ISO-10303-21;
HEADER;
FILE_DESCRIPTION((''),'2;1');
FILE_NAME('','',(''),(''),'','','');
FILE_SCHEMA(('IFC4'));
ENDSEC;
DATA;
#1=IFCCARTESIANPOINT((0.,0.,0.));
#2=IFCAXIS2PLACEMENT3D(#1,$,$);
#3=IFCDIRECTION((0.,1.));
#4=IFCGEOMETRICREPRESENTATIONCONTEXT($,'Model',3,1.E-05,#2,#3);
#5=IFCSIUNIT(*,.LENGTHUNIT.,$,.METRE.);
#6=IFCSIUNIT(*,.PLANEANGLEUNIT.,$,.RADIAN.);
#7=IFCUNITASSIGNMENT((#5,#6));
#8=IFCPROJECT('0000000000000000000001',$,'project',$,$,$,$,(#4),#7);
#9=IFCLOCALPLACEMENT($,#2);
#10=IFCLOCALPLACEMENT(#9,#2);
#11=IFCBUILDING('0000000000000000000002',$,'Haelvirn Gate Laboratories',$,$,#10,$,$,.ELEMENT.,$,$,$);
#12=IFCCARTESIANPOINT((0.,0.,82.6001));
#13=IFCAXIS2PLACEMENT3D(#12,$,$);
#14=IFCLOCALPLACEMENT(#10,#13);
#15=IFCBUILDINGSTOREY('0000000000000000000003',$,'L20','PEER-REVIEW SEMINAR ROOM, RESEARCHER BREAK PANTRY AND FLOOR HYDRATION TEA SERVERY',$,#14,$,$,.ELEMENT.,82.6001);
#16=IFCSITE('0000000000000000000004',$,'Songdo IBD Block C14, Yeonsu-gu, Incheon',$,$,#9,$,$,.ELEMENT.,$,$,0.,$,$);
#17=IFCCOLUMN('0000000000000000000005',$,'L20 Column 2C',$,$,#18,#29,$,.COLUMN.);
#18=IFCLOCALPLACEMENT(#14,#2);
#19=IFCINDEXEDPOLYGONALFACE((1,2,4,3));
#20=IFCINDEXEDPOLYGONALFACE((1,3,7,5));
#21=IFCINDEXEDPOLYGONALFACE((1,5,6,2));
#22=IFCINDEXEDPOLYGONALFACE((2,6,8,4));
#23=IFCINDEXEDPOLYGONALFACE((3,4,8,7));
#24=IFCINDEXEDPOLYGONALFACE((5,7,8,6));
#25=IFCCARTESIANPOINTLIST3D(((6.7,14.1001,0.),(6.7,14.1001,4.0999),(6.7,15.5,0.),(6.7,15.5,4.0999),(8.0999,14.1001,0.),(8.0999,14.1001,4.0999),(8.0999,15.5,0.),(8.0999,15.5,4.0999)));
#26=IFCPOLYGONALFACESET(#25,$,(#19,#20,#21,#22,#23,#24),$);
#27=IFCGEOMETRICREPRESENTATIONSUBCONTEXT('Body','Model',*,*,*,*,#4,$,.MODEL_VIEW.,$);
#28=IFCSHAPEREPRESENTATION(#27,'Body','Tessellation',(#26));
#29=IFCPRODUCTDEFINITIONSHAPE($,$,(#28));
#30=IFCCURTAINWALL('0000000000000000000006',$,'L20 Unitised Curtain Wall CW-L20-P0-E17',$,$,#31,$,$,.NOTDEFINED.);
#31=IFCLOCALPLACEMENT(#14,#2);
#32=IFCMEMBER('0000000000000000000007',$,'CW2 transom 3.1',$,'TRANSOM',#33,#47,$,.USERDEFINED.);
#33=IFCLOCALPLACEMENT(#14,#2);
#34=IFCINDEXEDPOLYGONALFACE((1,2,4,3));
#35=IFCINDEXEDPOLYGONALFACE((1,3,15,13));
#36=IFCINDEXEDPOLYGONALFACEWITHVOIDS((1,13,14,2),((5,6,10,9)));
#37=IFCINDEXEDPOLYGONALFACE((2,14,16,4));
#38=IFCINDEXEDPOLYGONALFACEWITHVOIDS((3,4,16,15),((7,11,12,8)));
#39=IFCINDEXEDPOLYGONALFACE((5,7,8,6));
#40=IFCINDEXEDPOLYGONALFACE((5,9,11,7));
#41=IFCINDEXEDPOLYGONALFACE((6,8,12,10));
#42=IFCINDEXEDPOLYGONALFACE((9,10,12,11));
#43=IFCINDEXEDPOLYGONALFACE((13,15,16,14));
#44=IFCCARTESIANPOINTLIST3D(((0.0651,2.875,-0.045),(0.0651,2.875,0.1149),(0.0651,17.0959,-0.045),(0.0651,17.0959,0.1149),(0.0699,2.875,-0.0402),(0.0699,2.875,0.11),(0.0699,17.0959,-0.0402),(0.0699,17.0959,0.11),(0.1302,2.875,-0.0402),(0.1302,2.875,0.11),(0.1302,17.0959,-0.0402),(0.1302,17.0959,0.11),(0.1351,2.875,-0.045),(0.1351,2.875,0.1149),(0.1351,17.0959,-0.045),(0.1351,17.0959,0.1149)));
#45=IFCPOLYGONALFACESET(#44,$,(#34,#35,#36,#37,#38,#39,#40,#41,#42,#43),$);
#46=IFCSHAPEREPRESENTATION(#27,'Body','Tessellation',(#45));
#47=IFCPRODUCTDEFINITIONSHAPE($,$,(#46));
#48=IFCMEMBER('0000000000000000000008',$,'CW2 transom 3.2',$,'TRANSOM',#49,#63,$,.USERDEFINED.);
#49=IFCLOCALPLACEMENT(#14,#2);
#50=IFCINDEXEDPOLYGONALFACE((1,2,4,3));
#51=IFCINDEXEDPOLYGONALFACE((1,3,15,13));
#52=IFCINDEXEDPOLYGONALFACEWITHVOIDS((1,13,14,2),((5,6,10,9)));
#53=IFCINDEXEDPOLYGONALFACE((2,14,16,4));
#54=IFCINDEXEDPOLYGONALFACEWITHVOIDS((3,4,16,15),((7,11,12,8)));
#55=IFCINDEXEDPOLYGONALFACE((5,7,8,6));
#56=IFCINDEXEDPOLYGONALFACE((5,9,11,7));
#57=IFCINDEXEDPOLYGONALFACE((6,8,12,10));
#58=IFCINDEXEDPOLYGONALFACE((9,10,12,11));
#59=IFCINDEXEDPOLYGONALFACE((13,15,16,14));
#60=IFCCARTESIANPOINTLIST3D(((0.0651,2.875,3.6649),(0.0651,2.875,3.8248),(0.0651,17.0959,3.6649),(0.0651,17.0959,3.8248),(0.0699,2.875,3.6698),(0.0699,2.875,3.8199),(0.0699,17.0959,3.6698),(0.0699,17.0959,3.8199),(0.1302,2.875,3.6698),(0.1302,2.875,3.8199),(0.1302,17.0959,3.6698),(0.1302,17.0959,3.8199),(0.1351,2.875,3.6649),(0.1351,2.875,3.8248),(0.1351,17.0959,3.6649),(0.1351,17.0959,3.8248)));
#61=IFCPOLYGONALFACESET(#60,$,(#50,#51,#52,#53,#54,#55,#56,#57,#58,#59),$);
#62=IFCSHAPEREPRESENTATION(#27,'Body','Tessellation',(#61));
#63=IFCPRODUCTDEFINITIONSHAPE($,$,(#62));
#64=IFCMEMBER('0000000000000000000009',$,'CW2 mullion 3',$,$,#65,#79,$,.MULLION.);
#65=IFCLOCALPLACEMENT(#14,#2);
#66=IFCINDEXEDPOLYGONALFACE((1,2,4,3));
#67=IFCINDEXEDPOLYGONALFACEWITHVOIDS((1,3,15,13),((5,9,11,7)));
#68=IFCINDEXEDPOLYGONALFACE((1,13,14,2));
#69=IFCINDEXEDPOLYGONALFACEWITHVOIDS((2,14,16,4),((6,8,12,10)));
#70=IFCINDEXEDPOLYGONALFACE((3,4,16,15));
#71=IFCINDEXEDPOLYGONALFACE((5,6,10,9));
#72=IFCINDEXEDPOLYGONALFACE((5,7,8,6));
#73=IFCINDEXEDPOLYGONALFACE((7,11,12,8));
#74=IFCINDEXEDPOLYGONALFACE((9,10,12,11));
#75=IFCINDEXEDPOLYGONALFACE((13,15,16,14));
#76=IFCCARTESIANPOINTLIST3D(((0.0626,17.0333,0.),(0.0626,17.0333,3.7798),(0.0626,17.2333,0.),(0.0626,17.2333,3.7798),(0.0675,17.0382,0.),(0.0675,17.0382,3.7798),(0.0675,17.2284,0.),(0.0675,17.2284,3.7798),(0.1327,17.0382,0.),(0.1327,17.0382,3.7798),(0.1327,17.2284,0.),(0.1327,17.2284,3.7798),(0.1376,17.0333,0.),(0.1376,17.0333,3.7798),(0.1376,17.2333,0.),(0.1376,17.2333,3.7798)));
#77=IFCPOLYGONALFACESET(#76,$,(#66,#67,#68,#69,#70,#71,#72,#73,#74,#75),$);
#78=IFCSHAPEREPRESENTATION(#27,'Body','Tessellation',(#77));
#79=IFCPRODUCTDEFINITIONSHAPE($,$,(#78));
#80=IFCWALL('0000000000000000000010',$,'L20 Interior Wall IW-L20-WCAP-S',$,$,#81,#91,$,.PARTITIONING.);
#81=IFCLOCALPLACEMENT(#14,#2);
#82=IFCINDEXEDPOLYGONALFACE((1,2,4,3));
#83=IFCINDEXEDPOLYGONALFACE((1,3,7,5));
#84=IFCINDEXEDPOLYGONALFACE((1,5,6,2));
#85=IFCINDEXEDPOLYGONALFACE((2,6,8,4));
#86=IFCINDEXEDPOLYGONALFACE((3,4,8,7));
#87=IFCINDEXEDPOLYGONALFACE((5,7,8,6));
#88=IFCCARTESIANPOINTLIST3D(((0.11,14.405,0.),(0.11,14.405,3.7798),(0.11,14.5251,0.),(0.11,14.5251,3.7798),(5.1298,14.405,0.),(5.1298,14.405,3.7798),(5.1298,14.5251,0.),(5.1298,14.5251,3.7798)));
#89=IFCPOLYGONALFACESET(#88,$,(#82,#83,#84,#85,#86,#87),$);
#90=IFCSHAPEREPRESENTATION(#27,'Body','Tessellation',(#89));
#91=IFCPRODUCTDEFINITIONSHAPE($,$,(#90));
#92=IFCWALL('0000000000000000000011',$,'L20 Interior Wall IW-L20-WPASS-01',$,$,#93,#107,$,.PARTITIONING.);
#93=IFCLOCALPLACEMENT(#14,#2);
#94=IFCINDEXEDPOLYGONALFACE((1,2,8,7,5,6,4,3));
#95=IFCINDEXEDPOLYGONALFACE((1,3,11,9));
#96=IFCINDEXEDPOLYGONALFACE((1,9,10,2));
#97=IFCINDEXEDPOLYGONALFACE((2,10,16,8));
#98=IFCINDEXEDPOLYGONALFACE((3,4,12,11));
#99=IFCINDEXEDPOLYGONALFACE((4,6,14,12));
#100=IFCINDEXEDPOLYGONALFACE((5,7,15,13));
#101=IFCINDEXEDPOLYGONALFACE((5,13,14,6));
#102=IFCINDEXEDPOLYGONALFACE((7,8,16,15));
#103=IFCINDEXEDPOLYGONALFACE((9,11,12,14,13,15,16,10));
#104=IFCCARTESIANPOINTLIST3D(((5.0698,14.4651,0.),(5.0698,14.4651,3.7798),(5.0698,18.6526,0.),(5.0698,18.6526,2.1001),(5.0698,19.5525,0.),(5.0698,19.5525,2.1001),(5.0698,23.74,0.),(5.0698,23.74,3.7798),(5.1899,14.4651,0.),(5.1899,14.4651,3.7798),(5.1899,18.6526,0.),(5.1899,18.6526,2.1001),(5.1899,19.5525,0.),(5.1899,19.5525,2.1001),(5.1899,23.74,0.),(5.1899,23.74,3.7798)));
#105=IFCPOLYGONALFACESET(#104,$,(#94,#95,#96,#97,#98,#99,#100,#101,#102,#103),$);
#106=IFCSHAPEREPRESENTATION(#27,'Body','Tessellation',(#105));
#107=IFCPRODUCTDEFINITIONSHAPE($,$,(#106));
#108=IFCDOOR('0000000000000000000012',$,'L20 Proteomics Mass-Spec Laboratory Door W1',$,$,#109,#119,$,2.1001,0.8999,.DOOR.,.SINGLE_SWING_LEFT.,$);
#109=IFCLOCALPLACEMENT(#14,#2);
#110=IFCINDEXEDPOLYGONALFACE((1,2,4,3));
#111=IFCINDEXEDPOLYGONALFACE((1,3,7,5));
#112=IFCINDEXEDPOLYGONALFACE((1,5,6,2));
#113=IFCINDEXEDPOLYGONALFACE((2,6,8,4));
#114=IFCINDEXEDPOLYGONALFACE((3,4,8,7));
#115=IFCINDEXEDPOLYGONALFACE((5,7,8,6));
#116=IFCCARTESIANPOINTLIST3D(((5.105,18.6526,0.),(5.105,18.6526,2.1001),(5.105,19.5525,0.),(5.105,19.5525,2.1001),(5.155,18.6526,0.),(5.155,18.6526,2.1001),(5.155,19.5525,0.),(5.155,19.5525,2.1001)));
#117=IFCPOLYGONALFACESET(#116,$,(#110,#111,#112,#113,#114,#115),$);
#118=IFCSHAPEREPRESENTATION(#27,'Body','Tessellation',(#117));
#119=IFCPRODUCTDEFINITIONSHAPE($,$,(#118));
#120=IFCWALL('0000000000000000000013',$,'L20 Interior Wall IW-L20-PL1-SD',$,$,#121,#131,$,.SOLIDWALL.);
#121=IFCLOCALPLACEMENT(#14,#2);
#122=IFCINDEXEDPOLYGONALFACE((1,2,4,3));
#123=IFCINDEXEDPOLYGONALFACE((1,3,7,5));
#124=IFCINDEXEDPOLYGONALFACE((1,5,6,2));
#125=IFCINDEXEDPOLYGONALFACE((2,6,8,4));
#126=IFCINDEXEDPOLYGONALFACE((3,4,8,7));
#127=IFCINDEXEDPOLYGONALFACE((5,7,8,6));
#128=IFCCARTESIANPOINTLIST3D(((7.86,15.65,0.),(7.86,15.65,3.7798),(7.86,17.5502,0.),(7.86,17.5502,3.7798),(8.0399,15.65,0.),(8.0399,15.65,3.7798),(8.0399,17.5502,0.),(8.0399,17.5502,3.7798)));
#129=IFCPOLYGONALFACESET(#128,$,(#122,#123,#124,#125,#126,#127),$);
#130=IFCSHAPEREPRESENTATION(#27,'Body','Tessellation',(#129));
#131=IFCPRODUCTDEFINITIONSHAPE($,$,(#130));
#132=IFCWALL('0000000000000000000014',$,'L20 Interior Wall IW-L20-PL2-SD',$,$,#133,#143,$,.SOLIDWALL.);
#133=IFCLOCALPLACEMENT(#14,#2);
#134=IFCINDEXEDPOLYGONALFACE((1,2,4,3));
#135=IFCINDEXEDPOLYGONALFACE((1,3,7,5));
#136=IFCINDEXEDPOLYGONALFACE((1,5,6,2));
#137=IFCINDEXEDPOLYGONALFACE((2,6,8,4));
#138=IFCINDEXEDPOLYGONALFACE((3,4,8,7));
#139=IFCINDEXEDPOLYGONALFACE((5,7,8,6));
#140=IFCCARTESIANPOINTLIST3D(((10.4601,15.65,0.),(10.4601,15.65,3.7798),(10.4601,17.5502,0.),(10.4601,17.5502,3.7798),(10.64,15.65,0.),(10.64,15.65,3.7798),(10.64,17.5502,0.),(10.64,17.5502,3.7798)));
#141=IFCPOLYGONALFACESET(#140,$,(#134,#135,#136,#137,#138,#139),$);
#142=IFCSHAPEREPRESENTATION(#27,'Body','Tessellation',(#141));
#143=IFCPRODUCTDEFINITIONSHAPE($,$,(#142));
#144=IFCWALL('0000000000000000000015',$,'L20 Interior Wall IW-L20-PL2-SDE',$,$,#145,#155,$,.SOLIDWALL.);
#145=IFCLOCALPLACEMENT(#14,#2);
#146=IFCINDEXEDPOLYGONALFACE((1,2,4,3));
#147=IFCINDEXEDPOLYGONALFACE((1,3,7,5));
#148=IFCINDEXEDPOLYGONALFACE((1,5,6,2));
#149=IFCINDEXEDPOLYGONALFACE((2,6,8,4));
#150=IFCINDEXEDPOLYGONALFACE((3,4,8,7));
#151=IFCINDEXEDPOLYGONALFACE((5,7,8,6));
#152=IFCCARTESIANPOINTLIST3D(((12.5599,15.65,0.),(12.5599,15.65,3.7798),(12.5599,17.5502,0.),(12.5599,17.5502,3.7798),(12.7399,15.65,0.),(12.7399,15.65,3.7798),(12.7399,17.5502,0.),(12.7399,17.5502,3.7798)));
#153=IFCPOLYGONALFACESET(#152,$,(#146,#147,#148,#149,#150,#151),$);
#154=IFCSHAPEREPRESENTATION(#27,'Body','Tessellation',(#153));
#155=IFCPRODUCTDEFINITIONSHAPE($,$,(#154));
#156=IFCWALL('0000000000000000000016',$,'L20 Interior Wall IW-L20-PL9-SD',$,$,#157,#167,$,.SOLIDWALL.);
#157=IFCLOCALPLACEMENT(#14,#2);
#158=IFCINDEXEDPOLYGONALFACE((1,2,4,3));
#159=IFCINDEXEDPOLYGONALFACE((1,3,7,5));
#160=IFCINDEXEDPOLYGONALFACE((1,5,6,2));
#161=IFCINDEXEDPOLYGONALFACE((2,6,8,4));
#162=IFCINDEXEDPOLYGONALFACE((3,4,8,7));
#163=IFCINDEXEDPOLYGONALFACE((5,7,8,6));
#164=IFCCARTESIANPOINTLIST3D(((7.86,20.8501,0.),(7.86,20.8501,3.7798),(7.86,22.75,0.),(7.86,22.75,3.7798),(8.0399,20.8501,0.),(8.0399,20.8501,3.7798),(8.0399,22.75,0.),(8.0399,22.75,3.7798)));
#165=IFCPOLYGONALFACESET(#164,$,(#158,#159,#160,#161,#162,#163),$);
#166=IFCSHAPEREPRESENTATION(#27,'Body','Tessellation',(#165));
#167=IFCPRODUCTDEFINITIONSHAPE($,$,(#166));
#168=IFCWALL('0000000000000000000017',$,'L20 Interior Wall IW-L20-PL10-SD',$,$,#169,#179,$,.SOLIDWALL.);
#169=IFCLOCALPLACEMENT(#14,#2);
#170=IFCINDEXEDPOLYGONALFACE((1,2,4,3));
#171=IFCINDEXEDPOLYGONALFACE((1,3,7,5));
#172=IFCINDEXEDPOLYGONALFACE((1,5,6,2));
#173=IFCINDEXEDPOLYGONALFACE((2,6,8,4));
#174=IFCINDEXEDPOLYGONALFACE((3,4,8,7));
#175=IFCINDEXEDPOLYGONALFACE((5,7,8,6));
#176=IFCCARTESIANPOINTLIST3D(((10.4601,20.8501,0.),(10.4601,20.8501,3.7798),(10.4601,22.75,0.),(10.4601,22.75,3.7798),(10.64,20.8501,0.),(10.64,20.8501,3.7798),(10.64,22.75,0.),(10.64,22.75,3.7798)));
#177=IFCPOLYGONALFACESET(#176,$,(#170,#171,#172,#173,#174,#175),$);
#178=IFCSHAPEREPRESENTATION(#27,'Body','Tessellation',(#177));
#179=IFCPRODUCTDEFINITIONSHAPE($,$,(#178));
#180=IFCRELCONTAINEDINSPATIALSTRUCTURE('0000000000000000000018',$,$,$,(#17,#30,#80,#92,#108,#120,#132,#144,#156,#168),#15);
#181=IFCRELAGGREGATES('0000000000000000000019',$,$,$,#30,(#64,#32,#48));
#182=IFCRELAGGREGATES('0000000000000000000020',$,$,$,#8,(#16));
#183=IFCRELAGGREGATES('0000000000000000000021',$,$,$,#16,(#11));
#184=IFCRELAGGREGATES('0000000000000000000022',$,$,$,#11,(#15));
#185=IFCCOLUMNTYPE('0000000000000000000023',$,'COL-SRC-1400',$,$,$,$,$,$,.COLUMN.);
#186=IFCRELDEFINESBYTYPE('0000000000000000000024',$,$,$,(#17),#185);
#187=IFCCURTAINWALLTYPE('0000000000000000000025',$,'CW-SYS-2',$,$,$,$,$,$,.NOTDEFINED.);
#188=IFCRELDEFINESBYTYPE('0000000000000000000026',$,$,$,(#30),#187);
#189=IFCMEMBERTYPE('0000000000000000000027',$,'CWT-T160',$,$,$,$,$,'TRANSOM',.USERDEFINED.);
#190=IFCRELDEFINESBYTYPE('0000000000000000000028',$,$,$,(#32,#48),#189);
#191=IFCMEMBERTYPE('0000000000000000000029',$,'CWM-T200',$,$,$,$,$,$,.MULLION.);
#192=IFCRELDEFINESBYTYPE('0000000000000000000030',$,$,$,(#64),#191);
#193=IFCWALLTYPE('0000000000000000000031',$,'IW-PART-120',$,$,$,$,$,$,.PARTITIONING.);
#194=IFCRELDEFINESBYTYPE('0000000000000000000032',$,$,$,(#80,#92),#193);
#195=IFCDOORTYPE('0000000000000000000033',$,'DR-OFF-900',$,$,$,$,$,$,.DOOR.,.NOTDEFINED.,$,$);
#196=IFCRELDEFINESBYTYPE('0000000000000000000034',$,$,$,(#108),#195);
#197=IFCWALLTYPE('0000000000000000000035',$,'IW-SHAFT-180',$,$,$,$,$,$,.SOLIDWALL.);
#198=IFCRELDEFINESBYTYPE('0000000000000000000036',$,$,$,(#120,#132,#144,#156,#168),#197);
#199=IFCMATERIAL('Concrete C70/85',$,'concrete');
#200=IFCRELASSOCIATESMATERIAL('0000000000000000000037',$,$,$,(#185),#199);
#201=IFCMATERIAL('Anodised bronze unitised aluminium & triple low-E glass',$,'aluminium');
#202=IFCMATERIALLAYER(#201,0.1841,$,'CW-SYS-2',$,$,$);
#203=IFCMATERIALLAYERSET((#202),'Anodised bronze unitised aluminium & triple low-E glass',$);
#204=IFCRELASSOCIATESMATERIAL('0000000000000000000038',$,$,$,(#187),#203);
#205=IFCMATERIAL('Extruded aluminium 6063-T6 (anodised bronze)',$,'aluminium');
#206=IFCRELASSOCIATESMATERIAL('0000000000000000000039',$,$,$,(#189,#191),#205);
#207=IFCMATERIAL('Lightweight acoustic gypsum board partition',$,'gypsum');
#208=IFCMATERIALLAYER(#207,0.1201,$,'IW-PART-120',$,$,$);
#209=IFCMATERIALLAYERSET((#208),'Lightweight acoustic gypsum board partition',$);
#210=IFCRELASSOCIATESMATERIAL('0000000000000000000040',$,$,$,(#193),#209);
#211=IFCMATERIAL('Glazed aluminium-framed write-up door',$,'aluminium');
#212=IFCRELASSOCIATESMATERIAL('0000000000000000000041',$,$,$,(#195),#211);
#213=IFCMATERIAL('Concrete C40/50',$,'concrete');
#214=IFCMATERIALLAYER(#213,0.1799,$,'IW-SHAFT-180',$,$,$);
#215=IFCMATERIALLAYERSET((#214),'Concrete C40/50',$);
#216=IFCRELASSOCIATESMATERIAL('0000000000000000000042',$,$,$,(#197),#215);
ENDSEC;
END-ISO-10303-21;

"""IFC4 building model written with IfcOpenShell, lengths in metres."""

from ifc_helpers import new_model, si_unit, direction, frame, frame_2d, origin, origin_2d, place, context, subcontext, project, spatial, rectangle, hollow_rectangle, extrude, source, transform, mapped, material, layer, layer_set, material_profile, profile_set, type_object, type_shapes, element, fill, aggregate, save


model = new_model("IFC4")

# Units and contexts
model_context = context("Model", 3, precision=1e-05, world=origin(), true_north=direction((0.0, 1.0)))
body_context = subcontext(model_context, "Body", "Model", "MODEL_VIEW")
ifc_project = project(units=[si_unit("LENGTHUNIT", "METRE"), si_unit("PLANEANGLEUNIT", "RADIAN")], contexts=[model_context])

# Site, building, storey
site_placement = place(None, origin())
site = spatial("IfcSite", under=ifc_project, at=site_placement, Name="Songdo IBD Block C14, Yeonsu-gu, Incheon", CompositionType="ELEMENT", RefElevation=0.0)
building_placement = place(site_placement, origin())
building = spatial("IfcBuilding", under=site, at=building_placement, Name="Haelvirn Gate Laboratories", CompositionType="ELEMENT")
storey_placement = place(building_placement, frame((0.0, 0.0, 82.6001)))
storey = spatial("IfcBuildingStorey", under=building, at=storey_placement, Name="L20", Description="PEER-REVIEW SEMINAR ROOM, RESEARCHER BREAK PANTRY AND FLOOR HYDRATION TEA SERVERY", CompositionType="ELEMENT", Elevation=82.6001)

# Column
ifc_material_1 = material(Name="Concrete C70/85", Category="concrete")
ifc_material_profile_1 = material_profile(ifc_material_1, rectangle(XDim=1.3999, YDim=1.3999, at=origin_2d()), Name="SRC-1400x1400")
ifc_profile_set_1 = profile_set([ifc_material_profile_1], Name="Concrete C70/85")
column_type = type_object("IfcColumnType", Name="COL-SRC-1400", PredefinedType="COLUMN", material=ifc_profile_set_1)
shared_shape_1 = source(origin(), body_context, "Body", "SweptSolid", [
    extrude(rectangle(XDim=1.3999, YDim=1.3999, at=origin_2d()), origin(), (0.0, 0.0, 1.0), 4.0999),
])
type_shapes(column_type, [shared_shape_1])
column_placement = place(storey_placement, frame((7.3999, 14.8, 0.0), z_axis=(0.0, 0.0, 1.0), x_axis=(1.0, 0.0, 0.0)))
element("IfcColumn", 1, at=column_placement, inside=storey, type_object=column_type, Name="L20 Column 2C", PredefinedType="COLUMN", context=body_context, shape_type="MappedRepresentation", body=[
    mapped(shared_shape_1, transform((0.0, 0.0, 0.0), scale=1.0)),
])

# Curtain wall, members
ifc_material_2 = material(Name="Anodised bronze unitised aluminium & triple low-E glass", Category="aluminium")
ifc_layer_1 = layer(ifc_material_2, 0.1841, Name="CW-SYS-2")
ifc_layer_set_1 = layer_set([ifc_layer_1], Name="Anodised bronze unitised aluminium & triple low-E glass")
curtain_wall_type = type_object("IfcCurtainWallType", Name="CW-SYS-2", PredefinedType="NOTDEFINED", material=ifc_layer_set_1)
curtain_wall_placement = place(storey_placement, origin())
curtain_wall = element("IfcCurtainWall", 2, at=curtain_wall_placement, inside=storey, type_object=curtain_wall_type, Name="L20 Unitised Curtain Wall CW-L20-P0-E17", PredefinedType="NOTDEFINED")
ifc_material_3 = material(Name="Extruded aluminium 6063-T6 (anodised bronze)", Category="aluminium")
ifc_material_profile_2 = material_profile(ifc_material_3, hollow_rectangle(XDim=0.0701, YDim=0.1599, WallThickness=0.0049, at=origin_2d()), Name="CWT-160x70x5")
ifc_profile_set_2 = profile_set([ifc_material_profile_2], Name="Extruded aluminium 6063-T6 (anodised bronze)")
member_type_1 = type_object("IfcMemberType", Name="CWT-T160", ElementType="TRANSOM", PredefinedType="USERDEFINED", material=ifc_profile_set_2)
shared_shape_2 = source(origin(), body_context, "Body", "SweptSolid", [
    extrude(hollow_rectangle(XDim=0.0701, YDim=0.1599, WallThickness=0.0049, at=origin_2d()), origin(), (0.0, 0.0, 1.0), 14.2209),
])
type_shapes(member_type_1, [shared_shape_2])
member_1_placement = place(storey_placement, frame((0.1001, 17.0959, 0.0349), z_axis=(0.0, -1.0, 0.0), x_axis=(1.0, 0.0, 0.0)))
member_1 = element("IfcMember", 3, at=member_1_placement, type_object=member_type_1, Name="CW2 transom 3.1", ObjectType="TRANSOM", PredefinedType="USERDEFINED", context=body_context, shape_type="MappedRepresentation", body=[
    mapped(shared_shape_2, transform((0.0, 0.0, 0.0), scale=1.0)),
])
member_2_placement = place(storey_placement, frame((0.1001, 17.0959, 3.7449), z_axis=(0.0, -1.0, 0.0), x_axis=(1.0, 0.0, 0.0)))
member_2 = element("IfcMember", 4, at=member_2_placement, type_object=member_type_1, Name="CW2 transom 3.2", ObjectType="TRANSOM", PredefinedType="USERDEFINED", context=body_context, shape_type="MappedRepresentation", body=[
    mapped(shared_shape_2, transform((0.0, 0.0, 0.0), scale=1.0)),
])
ifc_material_profile_3 = material_profile(ifc_material_3, hollow_rectangle(XDim=0.075, YDim=0.2, WallThickness=0.0049, at=origin_2d()), Name="CWM-200x75x5")
ifc_profile_set_3 = profile_set([ifc_material_profile_3], Name="Extruded aluminium 6063-T6 (anodised bronze)")
member_type_2 = type_object("IfcMemberType", Name="CWM-T200", PredefinedType="MULLION", material=ifc_profile_set_3)
shared_shape_3 = source(origin(), body_context, "Body", "SweptSolid", [
    extrude(hollow_rectangle(XDim=0.075, YDim=0.2, WallThickness=0.0049, at=origin_2d()), origin(), (0.0, 0.0, 1.0), 3.7798),
])
type_shapes(member_type_2, [shared_shape_3])
member_3_placement = place(storey_placement, frame((0.1001, 17.1333, 0.0), z_axis=(0.0, 0.0, 1.0), x_axis=(1.0, 0.0, 0.0)))
member_3 = element("IfcMember", 5, at=member_3_placement, type_object=member_type_2, Name="CW2 mullion 3", PredefinedType="MULLION", context=body_context, shape_type="MappedRepresentation", body=[
    mapped(shared_shape_3, transform((0.0, 0.0, 0.0), scale=1.0)),
])
aggregate(curtain_wall, [member_3, member_1, member_2])

# Wall
ifc_material_4 = material(Name="Lightweight acoustic gypsum board partition", Category="gypsum")
ifc_layer_2 = layer(ifc_material_4, 0.1201, Name="IW-PART-120")
ifc_layer_set_2 = layer_set([ifc_layer_2], Name="Lightweight acoustic gypsum board partition")
wall_type_1 = type_object("IfcWallType", Name="IW-PART-120", PredefinedType="PARTITIONING", material=ifc_layer_set_2)
wall_1_placement = place(storey_placement, frame((0.1101, 14.4651, 0.0), z_axis=(0.0, 0.0, 1.0), x_axis=(1.0, 0.0, 0.0)))
element("IfcWall", 6, at=wall_1_placement, inside=storey, type_object=wall_type_1, Name="L20 Interior Wall IW-L20-WCAP-S", PredefinedType="PARTITIONING", context=body_context, shape_type="SweptSolid", body=[
    extrude(rectangle(XDim=5.0198, YDim=0.1201, at=frame_2d((2.5098, 0.0))), origin(), (0.0, 0.0, 1.0), 3.7798),
])

# Wall, opening, door
wall_2_placement = place(storey_placement, frame((5.1299, 14.4651, 0.0), z_axis=(0.0, 0.0, 1.0), x_axis=(0.0, 1.0, 0.0)))
wall_2 = element("IfcWall", 7, at=wall_2_placement, inside=storey, type_object=wall_type_1, Name="L20 Interior Wall IW-L20-WPASS-01", PredefinedType="PARTITIONING", context=body_context, shape_type="SweptSolid", body=[
    extrude(rectangle(XDim=9.2749, YDim=0.1201, at=frame_2d((4.6375, 0.0))), origin(), (0.0, 0.0, 1.0), 3.7798),
])
opening_1_placement = place(wall_2_placement, frame((4.1875, 0.0, 0.0)))
opening_1 = element("IfcOpeningElement", 8, at=opening_1_placement, cuts=wall_2, PredefinedType="OPENING", context=body_context, shape_type="SweptSolid", body=[
    extrude(rectangle(XDim=0.8999, YDim=2.1001, at=frame_2d((0.45, 1.05))), frame((0.0, 0.0701, 0.0), z_axis=(0.0, -1.0, 0.0), x_axis=(1.0, 0.0, 0.0)), (0.0, 0.0, 1.0), 0.1401),
])
ifc_material_5 = material(Name="Glazed aluminium-framed write-up door", Category="aluminium")
door_type_1 = type_object("IfcDoorType", Name="DR-OFF-900", OperationType="NOTDEFINED", PredefinedType="DOOR", material=ifc_material_5)
shared_shape_4 = source(origin(), body_context, "Body", "SweptSolid", [
    extrude(rectangle(XDim=0.8999, YDim=2.1001, at=frame_2d((0.45, 1.05))), frame((0.0, 0.0249, 0.0), z_axis=(0.0, -1.0, 0.0), x_axis=(1.0, 0.0, 0.0)), (0.0, 0.0, 1.0), 0.05),
])
type_shapes(door_type_1, [shared_shape_4])
door_1_placement = place(opening_1_placement, origin())
door_1 = element("IfcDoor", 9, at=door_1_placement, inside=storey, type_object=door_type_1, Name="L20 Proteomics Mass-Spec Laboratory Door W1", OperationType="SINGLE_SWING_LEFT", OverallHeight=2.1001, OverallWidth=0.8999, PredefinedType="DOOR", context=body_context, shape_type="MappedRepresentation", body=[
    mapped(shared_shape_4, transform((0.0, 0.0, 0.0), scale=1.0)),
])
fill(opening_1, door_1)

# Walls
ifc_material_6 = material(Name="Concrete C40/50", Category="concrete")
ifc_layer_3 = layer(ifc_material_6, 0.1799, Name="IW-SHAFT-180")
ifc_layer_set_3 = layer_set([ifc_layer_3], Name="Concrete C40/50")
wall_type_2 = type_object("IfcWallType", Name="IW-SHAFT-180", PredefinedType="SOLIDWALL", material=ifc_layer_set_3)
for number, where, z_axis, x_axis, name in (
    (10, (7.95, 15.6499, 0.0), (0.0, 0.0, 1.0), (0.0, 1.0, 0.0), "L20 Interior Wall IW-L20-PL1-SD"),
    (11, (10.55, 15.6499, 0.0), (0.0, 0.0, 1.0), (0.0, 1.0, 0.0), "L20 Interior Wall IW-L20-PL2-SD"),
    (12, (12.6499, 15.6499, 0.0), (0.0, 0.0, 1.0), (0.0, 1.0, 0.0), "L20 Interior Wall IW-L20-PL2-SDE"),
):
    element("IfcWall", number, at=place(storey_placement, frame(where, z_axis=z_axis, x_axis=x_axis)), inside=storey, type_object=wall_type_2, Name=name, PredefinedType="SOLIDWALL", context=body_context, shape_type="SweptSolid", body=[
        extrude(rectangle(XDim=1.9001, YDim=0.1799, at=frame_2d((0.9502, 0.0))), origin(), (0.0, 0.0, 1.0), 3.7798),
    ])
for number, where, z_axis, x_axis, name in (
    (13, (7.95, 20.8501, 0.0), (0.0, 0.0, 1.0), (0.0, 1.0, 0.0), "L20 Interior Wall IW-L20-PL9-SD"),
    (14, (10.55, 20.8501, 0.0), (0.0, 0.0, 1.0), (0.0, 1.0, 0.0), "L20 Interior Wall IW-L20-PL10-SD"),
):
    element("IfcWall", number, at=place(storey_placement, frame(where, z_axis=z_axis, x_axis=x_axis)), inside=storey, type_object=wall_type_2, Name=name, PredefinedType="SOLIDWALL", context=body_context, shape_type="SweptSolid", body=[
        extrude(rectangle(XDim=1.8999, YDim=0.1799, at=frame_2d((0.95, 0.0))), origin(), (0.0, 0.0, 1.0), 3.7798),
    ])

save(model, "model.ifc")
